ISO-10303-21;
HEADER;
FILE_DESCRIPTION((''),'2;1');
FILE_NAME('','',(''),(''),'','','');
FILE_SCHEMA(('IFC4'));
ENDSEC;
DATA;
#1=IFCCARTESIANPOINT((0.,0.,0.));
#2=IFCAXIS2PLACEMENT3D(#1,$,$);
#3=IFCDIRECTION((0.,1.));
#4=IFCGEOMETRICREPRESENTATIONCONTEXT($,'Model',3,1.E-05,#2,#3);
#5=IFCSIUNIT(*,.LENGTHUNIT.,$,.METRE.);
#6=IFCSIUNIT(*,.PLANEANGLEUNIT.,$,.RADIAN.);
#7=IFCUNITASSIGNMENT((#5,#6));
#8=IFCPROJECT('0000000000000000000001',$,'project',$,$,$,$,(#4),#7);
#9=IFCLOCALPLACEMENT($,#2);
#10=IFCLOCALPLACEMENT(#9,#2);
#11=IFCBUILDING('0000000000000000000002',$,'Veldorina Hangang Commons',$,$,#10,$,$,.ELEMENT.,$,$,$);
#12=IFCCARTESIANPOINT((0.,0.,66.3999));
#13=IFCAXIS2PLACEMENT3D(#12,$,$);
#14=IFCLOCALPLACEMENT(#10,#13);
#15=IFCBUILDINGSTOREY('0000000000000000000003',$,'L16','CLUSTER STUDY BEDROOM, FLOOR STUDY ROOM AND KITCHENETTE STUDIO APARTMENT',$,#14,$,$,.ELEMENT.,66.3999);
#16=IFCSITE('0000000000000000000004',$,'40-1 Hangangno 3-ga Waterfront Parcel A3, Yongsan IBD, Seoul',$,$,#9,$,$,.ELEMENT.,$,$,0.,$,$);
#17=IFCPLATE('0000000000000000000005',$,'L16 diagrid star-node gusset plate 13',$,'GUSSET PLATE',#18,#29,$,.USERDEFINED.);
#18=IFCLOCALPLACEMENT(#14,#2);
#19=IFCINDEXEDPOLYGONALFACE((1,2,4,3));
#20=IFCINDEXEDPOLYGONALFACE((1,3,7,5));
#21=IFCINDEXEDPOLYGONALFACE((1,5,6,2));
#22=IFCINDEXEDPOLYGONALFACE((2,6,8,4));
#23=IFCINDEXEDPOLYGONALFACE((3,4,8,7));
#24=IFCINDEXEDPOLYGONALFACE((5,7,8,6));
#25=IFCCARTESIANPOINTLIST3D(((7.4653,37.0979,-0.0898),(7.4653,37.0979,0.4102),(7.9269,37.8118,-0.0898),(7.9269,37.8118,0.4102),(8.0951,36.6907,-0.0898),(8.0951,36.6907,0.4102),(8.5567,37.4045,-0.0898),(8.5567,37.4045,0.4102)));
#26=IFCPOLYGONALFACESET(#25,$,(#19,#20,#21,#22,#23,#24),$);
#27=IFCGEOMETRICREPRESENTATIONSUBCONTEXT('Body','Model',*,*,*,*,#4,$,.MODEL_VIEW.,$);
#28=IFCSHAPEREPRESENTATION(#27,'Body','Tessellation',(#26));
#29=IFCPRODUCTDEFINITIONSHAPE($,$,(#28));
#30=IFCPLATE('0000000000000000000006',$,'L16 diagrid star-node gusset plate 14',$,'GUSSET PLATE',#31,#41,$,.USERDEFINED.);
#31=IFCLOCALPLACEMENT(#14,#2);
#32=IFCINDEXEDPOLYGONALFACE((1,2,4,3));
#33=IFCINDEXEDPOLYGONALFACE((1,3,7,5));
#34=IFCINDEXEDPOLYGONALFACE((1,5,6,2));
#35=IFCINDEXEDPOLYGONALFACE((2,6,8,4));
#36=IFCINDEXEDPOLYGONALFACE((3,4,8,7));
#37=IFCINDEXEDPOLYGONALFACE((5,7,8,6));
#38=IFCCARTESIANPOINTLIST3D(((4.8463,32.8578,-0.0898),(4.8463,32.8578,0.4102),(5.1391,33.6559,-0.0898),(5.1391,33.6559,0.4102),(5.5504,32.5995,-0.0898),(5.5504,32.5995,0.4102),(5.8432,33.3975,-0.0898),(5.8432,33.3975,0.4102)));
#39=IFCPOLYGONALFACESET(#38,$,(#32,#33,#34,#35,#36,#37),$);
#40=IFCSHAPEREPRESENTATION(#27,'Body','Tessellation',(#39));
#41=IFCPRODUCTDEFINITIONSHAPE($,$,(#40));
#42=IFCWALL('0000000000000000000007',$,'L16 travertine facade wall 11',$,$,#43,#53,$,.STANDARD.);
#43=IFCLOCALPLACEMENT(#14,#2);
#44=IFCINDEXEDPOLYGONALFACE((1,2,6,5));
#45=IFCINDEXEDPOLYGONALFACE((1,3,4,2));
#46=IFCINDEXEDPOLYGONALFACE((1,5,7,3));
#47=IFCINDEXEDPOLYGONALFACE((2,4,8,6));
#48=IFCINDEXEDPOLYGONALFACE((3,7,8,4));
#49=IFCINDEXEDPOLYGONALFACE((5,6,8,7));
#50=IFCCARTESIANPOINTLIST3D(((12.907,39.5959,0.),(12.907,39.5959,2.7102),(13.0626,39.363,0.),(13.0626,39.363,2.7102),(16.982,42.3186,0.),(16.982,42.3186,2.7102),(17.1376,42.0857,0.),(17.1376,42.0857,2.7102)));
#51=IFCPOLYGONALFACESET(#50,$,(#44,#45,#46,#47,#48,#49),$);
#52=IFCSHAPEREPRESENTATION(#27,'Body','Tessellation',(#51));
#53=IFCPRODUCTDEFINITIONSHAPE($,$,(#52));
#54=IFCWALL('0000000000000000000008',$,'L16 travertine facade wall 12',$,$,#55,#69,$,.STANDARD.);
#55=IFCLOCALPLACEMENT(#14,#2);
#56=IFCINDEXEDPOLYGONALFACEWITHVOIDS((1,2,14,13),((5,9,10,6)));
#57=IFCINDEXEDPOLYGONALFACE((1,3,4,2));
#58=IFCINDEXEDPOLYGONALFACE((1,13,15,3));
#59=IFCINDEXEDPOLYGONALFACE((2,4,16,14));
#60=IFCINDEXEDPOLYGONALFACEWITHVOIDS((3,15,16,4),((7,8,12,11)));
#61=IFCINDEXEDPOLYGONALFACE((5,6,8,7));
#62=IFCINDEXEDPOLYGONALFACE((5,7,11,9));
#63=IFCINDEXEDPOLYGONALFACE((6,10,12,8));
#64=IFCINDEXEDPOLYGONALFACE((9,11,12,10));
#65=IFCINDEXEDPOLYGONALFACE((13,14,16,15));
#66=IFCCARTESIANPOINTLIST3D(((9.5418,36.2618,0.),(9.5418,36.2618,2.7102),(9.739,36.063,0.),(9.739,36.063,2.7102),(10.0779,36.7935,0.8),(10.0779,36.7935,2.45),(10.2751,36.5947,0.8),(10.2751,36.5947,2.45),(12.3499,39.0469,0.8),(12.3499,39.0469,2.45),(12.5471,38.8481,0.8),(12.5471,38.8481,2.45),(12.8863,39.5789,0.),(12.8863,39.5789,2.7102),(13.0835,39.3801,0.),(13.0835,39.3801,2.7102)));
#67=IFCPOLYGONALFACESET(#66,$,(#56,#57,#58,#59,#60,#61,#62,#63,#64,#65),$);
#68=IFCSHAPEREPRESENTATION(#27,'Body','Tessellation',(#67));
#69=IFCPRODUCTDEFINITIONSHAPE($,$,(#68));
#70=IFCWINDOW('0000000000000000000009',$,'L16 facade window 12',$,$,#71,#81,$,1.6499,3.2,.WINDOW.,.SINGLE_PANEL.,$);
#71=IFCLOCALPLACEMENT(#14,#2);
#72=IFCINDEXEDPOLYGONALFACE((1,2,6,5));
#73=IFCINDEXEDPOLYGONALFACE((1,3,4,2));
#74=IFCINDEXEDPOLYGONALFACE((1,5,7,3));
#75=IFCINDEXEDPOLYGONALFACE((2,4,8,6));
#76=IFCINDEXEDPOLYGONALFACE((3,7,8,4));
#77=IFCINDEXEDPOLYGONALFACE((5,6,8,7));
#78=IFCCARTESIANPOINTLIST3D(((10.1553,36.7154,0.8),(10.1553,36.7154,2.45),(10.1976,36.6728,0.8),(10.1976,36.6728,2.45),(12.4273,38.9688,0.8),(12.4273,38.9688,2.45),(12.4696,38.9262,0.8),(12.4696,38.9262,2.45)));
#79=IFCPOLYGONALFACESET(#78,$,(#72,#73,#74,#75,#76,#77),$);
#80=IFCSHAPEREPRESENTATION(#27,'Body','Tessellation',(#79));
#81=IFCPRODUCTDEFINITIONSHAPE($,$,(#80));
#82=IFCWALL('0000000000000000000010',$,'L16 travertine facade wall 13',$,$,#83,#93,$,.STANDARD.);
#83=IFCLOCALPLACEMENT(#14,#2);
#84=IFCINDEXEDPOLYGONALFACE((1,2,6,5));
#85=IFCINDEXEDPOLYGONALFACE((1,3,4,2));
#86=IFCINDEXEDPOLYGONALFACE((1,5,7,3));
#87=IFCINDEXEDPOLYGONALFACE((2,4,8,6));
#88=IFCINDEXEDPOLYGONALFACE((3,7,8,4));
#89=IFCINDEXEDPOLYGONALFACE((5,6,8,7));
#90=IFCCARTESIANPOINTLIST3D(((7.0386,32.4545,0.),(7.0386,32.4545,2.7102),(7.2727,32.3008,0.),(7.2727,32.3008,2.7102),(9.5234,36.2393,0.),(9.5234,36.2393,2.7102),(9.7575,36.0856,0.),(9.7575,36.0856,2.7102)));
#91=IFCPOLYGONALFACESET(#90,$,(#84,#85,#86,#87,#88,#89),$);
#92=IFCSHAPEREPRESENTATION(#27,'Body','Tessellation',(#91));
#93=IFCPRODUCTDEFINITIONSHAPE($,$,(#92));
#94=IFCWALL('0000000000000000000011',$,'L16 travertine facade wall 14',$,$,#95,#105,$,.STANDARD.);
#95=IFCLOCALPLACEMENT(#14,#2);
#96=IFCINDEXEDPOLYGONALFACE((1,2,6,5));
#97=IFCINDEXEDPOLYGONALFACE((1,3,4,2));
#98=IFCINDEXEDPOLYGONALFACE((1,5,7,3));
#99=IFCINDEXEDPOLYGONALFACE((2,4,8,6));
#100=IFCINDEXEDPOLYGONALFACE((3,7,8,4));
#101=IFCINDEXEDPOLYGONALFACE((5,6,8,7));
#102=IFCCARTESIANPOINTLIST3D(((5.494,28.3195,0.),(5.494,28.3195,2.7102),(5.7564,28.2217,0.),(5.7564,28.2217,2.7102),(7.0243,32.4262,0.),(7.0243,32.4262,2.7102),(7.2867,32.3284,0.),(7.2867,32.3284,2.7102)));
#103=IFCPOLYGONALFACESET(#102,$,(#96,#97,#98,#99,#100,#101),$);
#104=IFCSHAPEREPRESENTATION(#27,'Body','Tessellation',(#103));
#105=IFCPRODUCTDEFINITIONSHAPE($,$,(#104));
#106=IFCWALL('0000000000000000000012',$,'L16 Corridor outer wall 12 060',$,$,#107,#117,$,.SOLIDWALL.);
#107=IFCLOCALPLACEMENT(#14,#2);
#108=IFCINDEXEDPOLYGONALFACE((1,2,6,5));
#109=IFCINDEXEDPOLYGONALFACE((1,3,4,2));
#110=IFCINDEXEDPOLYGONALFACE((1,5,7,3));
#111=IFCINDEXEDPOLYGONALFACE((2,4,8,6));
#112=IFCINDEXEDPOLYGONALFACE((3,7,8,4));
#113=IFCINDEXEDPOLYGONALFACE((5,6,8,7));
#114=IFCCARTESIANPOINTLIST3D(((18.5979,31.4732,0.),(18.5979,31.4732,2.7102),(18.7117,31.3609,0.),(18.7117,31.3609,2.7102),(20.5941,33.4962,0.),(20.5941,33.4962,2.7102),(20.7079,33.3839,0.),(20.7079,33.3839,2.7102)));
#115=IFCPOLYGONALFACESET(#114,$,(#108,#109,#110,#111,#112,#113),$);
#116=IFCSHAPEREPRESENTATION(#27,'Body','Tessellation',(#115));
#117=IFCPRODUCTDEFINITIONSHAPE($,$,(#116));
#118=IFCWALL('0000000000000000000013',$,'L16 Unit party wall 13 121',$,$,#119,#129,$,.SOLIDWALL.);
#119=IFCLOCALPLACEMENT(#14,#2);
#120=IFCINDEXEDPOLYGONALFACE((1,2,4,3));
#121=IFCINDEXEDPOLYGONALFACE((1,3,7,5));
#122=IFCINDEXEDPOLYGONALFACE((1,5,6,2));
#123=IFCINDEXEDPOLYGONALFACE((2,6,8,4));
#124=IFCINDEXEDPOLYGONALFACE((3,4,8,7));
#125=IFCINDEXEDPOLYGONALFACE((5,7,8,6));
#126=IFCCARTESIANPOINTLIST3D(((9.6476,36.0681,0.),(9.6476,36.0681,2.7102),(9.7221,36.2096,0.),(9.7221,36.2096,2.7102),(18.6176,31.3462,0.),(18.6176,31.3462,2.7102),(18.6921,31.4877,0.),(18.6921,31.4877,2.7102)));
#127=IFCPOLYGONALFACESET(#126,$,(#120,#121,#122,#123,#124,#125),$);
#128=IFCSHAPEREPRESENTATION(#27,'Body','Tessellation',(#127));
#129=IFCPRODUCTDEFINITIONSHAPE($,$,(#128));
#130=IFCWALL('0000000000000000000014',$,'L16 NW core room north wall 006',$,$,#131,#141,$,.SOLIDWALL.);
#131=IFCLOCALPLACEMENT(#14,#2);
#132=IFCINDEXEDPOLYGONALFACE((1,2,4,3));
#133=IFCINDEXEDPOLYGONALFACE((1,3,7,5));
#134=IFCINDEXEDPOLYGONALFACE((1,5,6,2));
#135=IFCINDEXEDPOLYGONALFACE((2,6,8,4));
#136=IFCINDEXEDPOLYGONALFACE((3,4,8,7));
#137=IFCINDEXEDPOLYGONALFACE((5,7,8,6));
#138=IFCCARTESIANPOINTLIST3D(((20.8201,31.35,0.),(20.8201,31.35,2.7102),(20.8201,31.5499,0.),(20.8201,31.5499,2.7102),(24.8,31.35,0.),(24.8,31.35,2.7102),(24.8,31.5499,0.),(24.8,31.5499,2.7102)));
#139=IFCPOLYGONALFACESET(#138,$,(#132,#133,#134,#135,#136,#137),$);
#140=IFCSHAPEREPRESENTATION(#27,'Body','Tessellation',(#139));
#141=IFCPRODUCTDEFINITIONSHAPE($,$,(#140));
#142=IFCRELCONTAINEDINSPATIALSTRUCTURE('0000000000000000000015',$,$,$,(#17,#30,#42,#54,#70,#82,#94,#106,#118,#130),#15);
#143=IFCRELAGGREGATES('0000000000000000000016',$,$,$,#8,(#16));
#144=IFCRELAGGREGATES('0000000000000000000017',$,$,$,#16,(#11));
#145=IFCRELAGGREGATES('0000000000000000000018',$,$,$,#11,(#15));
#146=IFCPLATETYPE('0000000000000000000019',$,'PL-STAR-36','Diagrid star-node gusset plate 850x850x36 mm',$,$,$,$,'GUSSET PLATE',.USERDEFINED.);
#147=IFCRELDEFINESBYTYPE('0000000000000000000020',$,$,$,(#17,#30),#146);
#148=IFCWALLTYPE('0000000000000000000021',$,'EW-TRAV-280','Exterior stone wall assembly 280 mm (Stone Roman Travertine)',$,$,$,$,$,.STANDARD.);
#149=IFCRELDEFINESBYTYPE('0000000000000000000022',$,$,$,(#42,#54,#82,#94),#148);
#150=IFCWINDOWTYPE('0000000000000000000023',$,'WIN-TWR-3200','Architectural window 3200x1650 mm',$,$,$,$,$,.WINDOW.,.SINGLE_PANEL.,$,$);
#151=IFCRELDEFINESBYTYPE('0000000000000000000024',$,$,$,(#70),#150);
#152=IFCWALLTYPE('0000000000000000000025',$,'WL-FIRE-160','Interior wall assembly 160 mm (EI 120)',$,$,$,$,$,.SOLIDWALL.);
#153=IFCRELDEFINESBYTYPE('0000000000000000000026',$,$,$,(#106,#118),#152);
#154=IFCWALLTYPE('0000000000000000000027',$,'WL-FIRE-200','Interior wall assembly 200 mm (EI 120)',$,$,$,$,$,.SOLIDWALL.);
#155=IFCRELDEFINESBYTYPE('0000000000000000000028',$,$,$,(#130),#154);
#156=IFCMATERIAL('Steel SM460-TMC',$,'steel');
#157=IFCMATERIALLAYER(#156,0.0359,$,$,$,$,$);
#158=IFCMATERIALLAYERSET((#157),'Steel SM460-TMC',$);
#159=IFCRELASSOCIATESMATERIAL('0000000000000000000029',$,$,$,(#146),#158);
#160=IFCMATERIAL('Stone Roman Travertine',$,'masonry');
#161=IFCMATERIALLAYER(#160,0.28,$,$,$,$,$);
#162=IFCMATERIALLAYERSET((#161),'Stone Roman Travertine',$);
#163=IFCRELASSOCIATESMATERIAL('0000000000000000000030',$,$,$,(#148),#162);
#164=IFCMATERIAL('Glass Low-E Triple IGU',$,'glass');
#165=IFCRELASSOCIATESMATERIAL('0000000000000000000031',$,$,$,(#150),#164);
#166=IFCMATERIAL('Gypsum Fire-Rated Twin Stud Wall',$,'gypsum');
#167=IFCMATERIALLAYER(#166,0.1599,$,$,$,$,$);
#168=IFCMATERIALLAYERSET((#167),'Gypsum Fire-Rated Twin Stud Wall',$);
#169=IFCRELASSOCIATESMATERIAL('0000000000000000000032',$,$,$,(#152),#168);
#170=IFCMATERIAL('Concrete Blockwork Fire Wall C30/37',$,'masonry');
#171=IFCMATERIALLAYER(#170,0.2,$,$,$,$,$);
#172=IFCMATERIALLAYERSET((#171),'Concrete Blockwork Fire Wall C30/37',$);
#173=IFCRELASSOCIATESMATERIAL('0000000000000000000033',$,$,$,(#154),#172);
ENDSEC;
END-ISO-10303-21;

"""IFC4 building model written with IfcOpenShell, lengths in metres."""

from ifc_helpers import new_model, si_unit, direction, frame, frame_2d, origin, origin_2d, place, context, subcontext, project, spatial, rectangle, extrude, material, layer, layer_set, type_object, element, fill, save


model = new_model("IFC4")

# Units and contexts
model_context = context("Model", 3, precision=1e-05, world=origin(), true_north=direction((0.0, 1.0)))
body_context = subcontext(model_context, "Body", "Model", "MODEL_VIEW")
ifc_project = project(units=[si_unit("LENGTHUNIT", "METRE"), si_unit("PLANEANGLEUNIT", "RADIAN")], contexts=[model_context])

# Site, building, storey
site_placement = place(None, origin())
site = spatial("IfcSite", under=ifc_project, at=site_placement, Name="40-1 Hangangno 3-ga Waterfront Parcel A3, Yongsan IBD, Seoul", CompositionType="ELEMENT", RefElevation=0.0)
building_placement = place(site_placement, origin())
building = spatial("IfcBuilding", under=site, at=building_placement, Name="Veldorina Hangang Commons", CompositionType="ELEMENT")
storey_placement = place(building_placement, frame((0.0, 0.0, 66.3999)))
storey = spatial("IfcBuildingStorey", under=building, at=storey_placement, Name="L16", Description="CLUSTER STUDY BEDROOM, FLOOR STUDY ROOM AND KITCHENETTE STUDIO APARTMENT", CompositionType="ELEMENT", Elevation=66.3999)

# Shared definitions
ifc_material_1 = material(Name="Steel SM460-TMC", Category="steel")

# Plates
ifc_layer_1 = layer(ifc_material_1, 0.0359)
ifc_layer_set_1 = layer_set([ifc_layer_1], Name="Steel SM460-TMC")
plate_type = type_object("IfcPlateType", Name="PL-STAR-36", Description="Diagrid star-node gusset plate 850x850x36 mm", ElementType="GUSSET PLATE", PredefinedType="USERDEFINED", material=ifc_layer_set_1)
for number, where, z_axis, x_axis, name in (
    (1, (8.011, 37.2512, -0.0898), (0.0, 0.0, 1.0), (-0.542969, -0.839753, 0.0), "L16 diagrid star-node gusset plate 13"),
    (2, (5.3447, 33.1277, -0.0898), (0.0, 0.0, 1.0), (-0.344479, -0.938794, 0.0), "L16 diagrid star-node gusset plate 14"),
):
    element("IfcPlate", number, at=place(storey_placement, frame(where, z_axis=z_axis, x_axis=x_axis)), inside=storey, type_object=plate_type, Name=name, ObjectType="GUSSET PLATE", PredefinedType="USERDEFINED", context=body_context, shape_type="SweptSolid", body=[
        extrude(rectangle(XDim=0.8501, YDim=0.75, at=origin_2d()), origin(), (0.0, 0.0, 1.0), 0.5),
    ])

# Wall
ifc_material_2 = material(Name="Stone Roman Travertine", Category="masonry")
ifc_layer_2 = layer(ifc_material_2, 0.28)
ifc_layer_set_2 = layer_set([ifc_layer_2], Name="Stone Roman Travertine")
wall_type_1 = type_object("IfcWallType", Name="EW-TRAV-280", Description="Exterior stone wall assembly 280 mm (Stone Roman Travertine)", PredefinedType="STANDARD", material=ifc_layer_set_2)
wall_1_placement = place(storey_placement, frame((17.0598, 42.2021, 0.0), z_axis=(0.0, 0.0, 1.0), x_axis=(-0.831483, -0.555551, 0.0)))
element("IfcWall", 3, at=wall_1_placement, inside=storey, type_object=wall_type_1, Name="L16 travertine facade wall 11", PredefinedType="STANDARD", context=body_context, shape_type="SweptSolid", body=[
    extrude(rectangle(XDim=4.9009, YDim=0.28, at=frame_2d((2.4504, 0.0))), origin(), (0.0, 0.0, 1.0), 2.7102),
])

# Wall, opening, window
wall_2_placement = place(storey_placement, frame((12.9849, 39.4795, 0.0), z_axis=(0.0, 0.0, 1.0), x_axis=(-0.710003, -0.704198, 0.0)))
wall_2 = element("IfcWall", 4, at=wall_2_placement, inside=storey, type_object=wall_type_1, Name="L16 travertine facade wall 12", PredefinedType="STANDARD", context=body_context, shape_type="SweptSolid", body=[
    extrude(rectangle(XDim=4.7104, YDim=0.28, at=frame_2d((2.3552, 0.0))), origin(), (0.0, 0.0, 1.0), 2.7102),
])
opening_placement = place(wall_2_placement, frame((0.7554, 0.0, 0.8)))
opening = element("IfcOpeningElement", 5, at=opening_placement, cuts=wall_2, PredefinedType="OPENING", context=body_context, shape_type="SweptSolid", body=[
    extrude(rectangle(XDim=3.2, YDim=1.6499, at=frame_2d((1.6001, 0.825))), frame((0.0, 0.1499, 0.0), z_axis=(0.0, -1.0, 0.0), x_axis=(1.0, 0.0, 0.0)), (0.0, 0.0, 1.0), 0.3),
])
ifc_material_3 = material(Name="Glass Low-E Triple IGU", Category="glass")
window_type = type_object("IfcWindowType", Name="WIN-TWR-3200", Description="Architectural window 3200x1650 mm", PartitioningType="SINGLE_PANEL", PredefinedType="WINDOW", material=ifc_material_3)
window_placement = place(opening_placement, origin())
window = element("IfcWindow", 6, at=window_placement, inside=storey, type_object=window_type, Name="L16 facade window 12", OverallHeight=1.6499, OverallWidth=3.2, PartitioningType="SINGLE_PANEL", PredefinedType="WINDOW", context=body_context, shape_type="SweptSolid", body=[
    extrude(rectangle(XDim=3.2, YDim=1.6499, at=frame_2d((1.6001, 0.825))), frame((0.0, 0.03, 0.0), z_axis=(0.0, -1.0, 0.0), x_axis=(1.0, 0.0, 0.0)), (0.0, 0.0, 1.0), 0.0601),
])
fill(opening, window)

# Walls
wall_3_placement = place(storey_placement, frame((9.6404, 36.1624, 0.0), z_axis=(0.0, 0.0, 1.0), x_axis=(-0.548813, -0.835945, 0.0)))
element("IfcWall", 7, at=wall_3_placement, inside=storey, type_object=wall_type_1, Name="L16 travertine facade wall 13", PredefinedType="STANDARD", context=body_context, shape_type="SweptSolid", body=[
    extrude(rectangle(XDim=4.5276, YDim=0.28, at=frame_2d((2.2637, 0.0))), origin(), (0.0, 0.0, 1.0), 2.7102),
])
wall_4_placement = place(storey_placement, frame((7.1555, 32.3774, 0.0), z_axis=(0.0, 0.0, 1.0), x_axis=(-0.349175, -0.937057, 0.0)))
element("IfcWall", 8, at=wall_4_placement, inside=storey, type_object=wall_type_1, Name="L16 travertine facade wall 14", PredefinedType="STANDARD", context=body_context, shape_type="SweptSolid", body=[
    extrude(rectangle(XDim=4.3826, YDim=0.28, at=frame_2d((2.1914, 0.0))), origin(), (0.0, 0.0, 1.0), 2.7102),
])
ifc_material_4 = material(Name="Gypsum Fire-Rated Twin Stud Wall", Category="gypsum")
ifc_layer_3 = layer(ifc_material_4, 0.1599)
ifc_layer_set_3 = layer_set([ifc_layer_3], Name="Gypsum Fire-Rated Twin Stud Wall")
wall_type_2 = type_object("IfcWallType", Name="WL-FIRE-160", Description="Interior wall assembly 160 mm (EI 120)", PredefinedType="SOLIDWALL", material=ifc_layer_set_3)
wall_5_placement = place(storey_placement, frame((20.6509, 33.4399, 0.0), z_axis=(0.0, 0.0, 1.0), x_axis=(-0.702366, -0.711816, 0.0)))
element("IfcWall", 9, at=wall_5_placement, inside=storey, type_object=wall_type_2, Name="L16 Corridor outer wall 12 060", PredefinedType="SOLIDWALL", context=body_context, shape_type="SweptSolid", body=[
    extrude(rectangle(XDim=2.842, YDim=0.1599, at=frame_2d((1.4209, 0.0))), origin(), (0.0, 0.0, 1.0), 2.7102),
])
wall_6_placement = place(storey_placement, frame((18.6548, 31.417, 0.0), z_axis=(0.0, 0.0, 1.0), x_axis=(-0.884882, 0.465815, 0.0)))
element("IfcWall", 10, at=wall_6_placement, inside=storey, type_object=wall_type_2, Name="L16 Unit party wall 13 121", PredefinedType="SOLIDWALL", context=body_context, shape_type="SweptSolid", body=[
    extrude(rectangle(XDim=10.137, YDim=0.1599, at=frame_2d((5.0684, 0.0))), origin(), (0.0, 0.0, 1.0), 2.7102),
])
ifc_material_5 = material(Name="Concrete Blockwork Fire Wall C30/37", Category="masonry")
ifc_layer_4 = layer(ifc_material_5, 0.2)
ifc_layer_set_4 = layer_set([ifc_layer_4], Name="Concrete Blockwork Fire Wall C30/37")
wall_type_3 = type_object("IfcWallType", Name="WL-FIRE-200", Description="Interior wall assembly 200 mm (EI 120)", PredefinedType="SOLIDWALL", material=ifc_layer_set_4)
wall_7_placement = place(storey_placement, frame((20.8201, 31.45, 0.0), z_axis=(0.0, 0.0, 1.0), x_axis=(1.0, 0.0, 0.0)))
element("IfcWall", 11, at=wall_7_placement, inside=storey, type_object=wall_type_3, Name="L16 NW core room north wall 006", PredefinedType="SOLIDWALL", context=body_context, shape_type="SweptSolid", body=[
    extrude(rectangle(XDim=3.98, YDim=0.2, at=frame_2d((1.99, 0.0))), origin(), (0.0, 0.0, 1.0), 2.7102),
])

save(model, "model.ifc")
